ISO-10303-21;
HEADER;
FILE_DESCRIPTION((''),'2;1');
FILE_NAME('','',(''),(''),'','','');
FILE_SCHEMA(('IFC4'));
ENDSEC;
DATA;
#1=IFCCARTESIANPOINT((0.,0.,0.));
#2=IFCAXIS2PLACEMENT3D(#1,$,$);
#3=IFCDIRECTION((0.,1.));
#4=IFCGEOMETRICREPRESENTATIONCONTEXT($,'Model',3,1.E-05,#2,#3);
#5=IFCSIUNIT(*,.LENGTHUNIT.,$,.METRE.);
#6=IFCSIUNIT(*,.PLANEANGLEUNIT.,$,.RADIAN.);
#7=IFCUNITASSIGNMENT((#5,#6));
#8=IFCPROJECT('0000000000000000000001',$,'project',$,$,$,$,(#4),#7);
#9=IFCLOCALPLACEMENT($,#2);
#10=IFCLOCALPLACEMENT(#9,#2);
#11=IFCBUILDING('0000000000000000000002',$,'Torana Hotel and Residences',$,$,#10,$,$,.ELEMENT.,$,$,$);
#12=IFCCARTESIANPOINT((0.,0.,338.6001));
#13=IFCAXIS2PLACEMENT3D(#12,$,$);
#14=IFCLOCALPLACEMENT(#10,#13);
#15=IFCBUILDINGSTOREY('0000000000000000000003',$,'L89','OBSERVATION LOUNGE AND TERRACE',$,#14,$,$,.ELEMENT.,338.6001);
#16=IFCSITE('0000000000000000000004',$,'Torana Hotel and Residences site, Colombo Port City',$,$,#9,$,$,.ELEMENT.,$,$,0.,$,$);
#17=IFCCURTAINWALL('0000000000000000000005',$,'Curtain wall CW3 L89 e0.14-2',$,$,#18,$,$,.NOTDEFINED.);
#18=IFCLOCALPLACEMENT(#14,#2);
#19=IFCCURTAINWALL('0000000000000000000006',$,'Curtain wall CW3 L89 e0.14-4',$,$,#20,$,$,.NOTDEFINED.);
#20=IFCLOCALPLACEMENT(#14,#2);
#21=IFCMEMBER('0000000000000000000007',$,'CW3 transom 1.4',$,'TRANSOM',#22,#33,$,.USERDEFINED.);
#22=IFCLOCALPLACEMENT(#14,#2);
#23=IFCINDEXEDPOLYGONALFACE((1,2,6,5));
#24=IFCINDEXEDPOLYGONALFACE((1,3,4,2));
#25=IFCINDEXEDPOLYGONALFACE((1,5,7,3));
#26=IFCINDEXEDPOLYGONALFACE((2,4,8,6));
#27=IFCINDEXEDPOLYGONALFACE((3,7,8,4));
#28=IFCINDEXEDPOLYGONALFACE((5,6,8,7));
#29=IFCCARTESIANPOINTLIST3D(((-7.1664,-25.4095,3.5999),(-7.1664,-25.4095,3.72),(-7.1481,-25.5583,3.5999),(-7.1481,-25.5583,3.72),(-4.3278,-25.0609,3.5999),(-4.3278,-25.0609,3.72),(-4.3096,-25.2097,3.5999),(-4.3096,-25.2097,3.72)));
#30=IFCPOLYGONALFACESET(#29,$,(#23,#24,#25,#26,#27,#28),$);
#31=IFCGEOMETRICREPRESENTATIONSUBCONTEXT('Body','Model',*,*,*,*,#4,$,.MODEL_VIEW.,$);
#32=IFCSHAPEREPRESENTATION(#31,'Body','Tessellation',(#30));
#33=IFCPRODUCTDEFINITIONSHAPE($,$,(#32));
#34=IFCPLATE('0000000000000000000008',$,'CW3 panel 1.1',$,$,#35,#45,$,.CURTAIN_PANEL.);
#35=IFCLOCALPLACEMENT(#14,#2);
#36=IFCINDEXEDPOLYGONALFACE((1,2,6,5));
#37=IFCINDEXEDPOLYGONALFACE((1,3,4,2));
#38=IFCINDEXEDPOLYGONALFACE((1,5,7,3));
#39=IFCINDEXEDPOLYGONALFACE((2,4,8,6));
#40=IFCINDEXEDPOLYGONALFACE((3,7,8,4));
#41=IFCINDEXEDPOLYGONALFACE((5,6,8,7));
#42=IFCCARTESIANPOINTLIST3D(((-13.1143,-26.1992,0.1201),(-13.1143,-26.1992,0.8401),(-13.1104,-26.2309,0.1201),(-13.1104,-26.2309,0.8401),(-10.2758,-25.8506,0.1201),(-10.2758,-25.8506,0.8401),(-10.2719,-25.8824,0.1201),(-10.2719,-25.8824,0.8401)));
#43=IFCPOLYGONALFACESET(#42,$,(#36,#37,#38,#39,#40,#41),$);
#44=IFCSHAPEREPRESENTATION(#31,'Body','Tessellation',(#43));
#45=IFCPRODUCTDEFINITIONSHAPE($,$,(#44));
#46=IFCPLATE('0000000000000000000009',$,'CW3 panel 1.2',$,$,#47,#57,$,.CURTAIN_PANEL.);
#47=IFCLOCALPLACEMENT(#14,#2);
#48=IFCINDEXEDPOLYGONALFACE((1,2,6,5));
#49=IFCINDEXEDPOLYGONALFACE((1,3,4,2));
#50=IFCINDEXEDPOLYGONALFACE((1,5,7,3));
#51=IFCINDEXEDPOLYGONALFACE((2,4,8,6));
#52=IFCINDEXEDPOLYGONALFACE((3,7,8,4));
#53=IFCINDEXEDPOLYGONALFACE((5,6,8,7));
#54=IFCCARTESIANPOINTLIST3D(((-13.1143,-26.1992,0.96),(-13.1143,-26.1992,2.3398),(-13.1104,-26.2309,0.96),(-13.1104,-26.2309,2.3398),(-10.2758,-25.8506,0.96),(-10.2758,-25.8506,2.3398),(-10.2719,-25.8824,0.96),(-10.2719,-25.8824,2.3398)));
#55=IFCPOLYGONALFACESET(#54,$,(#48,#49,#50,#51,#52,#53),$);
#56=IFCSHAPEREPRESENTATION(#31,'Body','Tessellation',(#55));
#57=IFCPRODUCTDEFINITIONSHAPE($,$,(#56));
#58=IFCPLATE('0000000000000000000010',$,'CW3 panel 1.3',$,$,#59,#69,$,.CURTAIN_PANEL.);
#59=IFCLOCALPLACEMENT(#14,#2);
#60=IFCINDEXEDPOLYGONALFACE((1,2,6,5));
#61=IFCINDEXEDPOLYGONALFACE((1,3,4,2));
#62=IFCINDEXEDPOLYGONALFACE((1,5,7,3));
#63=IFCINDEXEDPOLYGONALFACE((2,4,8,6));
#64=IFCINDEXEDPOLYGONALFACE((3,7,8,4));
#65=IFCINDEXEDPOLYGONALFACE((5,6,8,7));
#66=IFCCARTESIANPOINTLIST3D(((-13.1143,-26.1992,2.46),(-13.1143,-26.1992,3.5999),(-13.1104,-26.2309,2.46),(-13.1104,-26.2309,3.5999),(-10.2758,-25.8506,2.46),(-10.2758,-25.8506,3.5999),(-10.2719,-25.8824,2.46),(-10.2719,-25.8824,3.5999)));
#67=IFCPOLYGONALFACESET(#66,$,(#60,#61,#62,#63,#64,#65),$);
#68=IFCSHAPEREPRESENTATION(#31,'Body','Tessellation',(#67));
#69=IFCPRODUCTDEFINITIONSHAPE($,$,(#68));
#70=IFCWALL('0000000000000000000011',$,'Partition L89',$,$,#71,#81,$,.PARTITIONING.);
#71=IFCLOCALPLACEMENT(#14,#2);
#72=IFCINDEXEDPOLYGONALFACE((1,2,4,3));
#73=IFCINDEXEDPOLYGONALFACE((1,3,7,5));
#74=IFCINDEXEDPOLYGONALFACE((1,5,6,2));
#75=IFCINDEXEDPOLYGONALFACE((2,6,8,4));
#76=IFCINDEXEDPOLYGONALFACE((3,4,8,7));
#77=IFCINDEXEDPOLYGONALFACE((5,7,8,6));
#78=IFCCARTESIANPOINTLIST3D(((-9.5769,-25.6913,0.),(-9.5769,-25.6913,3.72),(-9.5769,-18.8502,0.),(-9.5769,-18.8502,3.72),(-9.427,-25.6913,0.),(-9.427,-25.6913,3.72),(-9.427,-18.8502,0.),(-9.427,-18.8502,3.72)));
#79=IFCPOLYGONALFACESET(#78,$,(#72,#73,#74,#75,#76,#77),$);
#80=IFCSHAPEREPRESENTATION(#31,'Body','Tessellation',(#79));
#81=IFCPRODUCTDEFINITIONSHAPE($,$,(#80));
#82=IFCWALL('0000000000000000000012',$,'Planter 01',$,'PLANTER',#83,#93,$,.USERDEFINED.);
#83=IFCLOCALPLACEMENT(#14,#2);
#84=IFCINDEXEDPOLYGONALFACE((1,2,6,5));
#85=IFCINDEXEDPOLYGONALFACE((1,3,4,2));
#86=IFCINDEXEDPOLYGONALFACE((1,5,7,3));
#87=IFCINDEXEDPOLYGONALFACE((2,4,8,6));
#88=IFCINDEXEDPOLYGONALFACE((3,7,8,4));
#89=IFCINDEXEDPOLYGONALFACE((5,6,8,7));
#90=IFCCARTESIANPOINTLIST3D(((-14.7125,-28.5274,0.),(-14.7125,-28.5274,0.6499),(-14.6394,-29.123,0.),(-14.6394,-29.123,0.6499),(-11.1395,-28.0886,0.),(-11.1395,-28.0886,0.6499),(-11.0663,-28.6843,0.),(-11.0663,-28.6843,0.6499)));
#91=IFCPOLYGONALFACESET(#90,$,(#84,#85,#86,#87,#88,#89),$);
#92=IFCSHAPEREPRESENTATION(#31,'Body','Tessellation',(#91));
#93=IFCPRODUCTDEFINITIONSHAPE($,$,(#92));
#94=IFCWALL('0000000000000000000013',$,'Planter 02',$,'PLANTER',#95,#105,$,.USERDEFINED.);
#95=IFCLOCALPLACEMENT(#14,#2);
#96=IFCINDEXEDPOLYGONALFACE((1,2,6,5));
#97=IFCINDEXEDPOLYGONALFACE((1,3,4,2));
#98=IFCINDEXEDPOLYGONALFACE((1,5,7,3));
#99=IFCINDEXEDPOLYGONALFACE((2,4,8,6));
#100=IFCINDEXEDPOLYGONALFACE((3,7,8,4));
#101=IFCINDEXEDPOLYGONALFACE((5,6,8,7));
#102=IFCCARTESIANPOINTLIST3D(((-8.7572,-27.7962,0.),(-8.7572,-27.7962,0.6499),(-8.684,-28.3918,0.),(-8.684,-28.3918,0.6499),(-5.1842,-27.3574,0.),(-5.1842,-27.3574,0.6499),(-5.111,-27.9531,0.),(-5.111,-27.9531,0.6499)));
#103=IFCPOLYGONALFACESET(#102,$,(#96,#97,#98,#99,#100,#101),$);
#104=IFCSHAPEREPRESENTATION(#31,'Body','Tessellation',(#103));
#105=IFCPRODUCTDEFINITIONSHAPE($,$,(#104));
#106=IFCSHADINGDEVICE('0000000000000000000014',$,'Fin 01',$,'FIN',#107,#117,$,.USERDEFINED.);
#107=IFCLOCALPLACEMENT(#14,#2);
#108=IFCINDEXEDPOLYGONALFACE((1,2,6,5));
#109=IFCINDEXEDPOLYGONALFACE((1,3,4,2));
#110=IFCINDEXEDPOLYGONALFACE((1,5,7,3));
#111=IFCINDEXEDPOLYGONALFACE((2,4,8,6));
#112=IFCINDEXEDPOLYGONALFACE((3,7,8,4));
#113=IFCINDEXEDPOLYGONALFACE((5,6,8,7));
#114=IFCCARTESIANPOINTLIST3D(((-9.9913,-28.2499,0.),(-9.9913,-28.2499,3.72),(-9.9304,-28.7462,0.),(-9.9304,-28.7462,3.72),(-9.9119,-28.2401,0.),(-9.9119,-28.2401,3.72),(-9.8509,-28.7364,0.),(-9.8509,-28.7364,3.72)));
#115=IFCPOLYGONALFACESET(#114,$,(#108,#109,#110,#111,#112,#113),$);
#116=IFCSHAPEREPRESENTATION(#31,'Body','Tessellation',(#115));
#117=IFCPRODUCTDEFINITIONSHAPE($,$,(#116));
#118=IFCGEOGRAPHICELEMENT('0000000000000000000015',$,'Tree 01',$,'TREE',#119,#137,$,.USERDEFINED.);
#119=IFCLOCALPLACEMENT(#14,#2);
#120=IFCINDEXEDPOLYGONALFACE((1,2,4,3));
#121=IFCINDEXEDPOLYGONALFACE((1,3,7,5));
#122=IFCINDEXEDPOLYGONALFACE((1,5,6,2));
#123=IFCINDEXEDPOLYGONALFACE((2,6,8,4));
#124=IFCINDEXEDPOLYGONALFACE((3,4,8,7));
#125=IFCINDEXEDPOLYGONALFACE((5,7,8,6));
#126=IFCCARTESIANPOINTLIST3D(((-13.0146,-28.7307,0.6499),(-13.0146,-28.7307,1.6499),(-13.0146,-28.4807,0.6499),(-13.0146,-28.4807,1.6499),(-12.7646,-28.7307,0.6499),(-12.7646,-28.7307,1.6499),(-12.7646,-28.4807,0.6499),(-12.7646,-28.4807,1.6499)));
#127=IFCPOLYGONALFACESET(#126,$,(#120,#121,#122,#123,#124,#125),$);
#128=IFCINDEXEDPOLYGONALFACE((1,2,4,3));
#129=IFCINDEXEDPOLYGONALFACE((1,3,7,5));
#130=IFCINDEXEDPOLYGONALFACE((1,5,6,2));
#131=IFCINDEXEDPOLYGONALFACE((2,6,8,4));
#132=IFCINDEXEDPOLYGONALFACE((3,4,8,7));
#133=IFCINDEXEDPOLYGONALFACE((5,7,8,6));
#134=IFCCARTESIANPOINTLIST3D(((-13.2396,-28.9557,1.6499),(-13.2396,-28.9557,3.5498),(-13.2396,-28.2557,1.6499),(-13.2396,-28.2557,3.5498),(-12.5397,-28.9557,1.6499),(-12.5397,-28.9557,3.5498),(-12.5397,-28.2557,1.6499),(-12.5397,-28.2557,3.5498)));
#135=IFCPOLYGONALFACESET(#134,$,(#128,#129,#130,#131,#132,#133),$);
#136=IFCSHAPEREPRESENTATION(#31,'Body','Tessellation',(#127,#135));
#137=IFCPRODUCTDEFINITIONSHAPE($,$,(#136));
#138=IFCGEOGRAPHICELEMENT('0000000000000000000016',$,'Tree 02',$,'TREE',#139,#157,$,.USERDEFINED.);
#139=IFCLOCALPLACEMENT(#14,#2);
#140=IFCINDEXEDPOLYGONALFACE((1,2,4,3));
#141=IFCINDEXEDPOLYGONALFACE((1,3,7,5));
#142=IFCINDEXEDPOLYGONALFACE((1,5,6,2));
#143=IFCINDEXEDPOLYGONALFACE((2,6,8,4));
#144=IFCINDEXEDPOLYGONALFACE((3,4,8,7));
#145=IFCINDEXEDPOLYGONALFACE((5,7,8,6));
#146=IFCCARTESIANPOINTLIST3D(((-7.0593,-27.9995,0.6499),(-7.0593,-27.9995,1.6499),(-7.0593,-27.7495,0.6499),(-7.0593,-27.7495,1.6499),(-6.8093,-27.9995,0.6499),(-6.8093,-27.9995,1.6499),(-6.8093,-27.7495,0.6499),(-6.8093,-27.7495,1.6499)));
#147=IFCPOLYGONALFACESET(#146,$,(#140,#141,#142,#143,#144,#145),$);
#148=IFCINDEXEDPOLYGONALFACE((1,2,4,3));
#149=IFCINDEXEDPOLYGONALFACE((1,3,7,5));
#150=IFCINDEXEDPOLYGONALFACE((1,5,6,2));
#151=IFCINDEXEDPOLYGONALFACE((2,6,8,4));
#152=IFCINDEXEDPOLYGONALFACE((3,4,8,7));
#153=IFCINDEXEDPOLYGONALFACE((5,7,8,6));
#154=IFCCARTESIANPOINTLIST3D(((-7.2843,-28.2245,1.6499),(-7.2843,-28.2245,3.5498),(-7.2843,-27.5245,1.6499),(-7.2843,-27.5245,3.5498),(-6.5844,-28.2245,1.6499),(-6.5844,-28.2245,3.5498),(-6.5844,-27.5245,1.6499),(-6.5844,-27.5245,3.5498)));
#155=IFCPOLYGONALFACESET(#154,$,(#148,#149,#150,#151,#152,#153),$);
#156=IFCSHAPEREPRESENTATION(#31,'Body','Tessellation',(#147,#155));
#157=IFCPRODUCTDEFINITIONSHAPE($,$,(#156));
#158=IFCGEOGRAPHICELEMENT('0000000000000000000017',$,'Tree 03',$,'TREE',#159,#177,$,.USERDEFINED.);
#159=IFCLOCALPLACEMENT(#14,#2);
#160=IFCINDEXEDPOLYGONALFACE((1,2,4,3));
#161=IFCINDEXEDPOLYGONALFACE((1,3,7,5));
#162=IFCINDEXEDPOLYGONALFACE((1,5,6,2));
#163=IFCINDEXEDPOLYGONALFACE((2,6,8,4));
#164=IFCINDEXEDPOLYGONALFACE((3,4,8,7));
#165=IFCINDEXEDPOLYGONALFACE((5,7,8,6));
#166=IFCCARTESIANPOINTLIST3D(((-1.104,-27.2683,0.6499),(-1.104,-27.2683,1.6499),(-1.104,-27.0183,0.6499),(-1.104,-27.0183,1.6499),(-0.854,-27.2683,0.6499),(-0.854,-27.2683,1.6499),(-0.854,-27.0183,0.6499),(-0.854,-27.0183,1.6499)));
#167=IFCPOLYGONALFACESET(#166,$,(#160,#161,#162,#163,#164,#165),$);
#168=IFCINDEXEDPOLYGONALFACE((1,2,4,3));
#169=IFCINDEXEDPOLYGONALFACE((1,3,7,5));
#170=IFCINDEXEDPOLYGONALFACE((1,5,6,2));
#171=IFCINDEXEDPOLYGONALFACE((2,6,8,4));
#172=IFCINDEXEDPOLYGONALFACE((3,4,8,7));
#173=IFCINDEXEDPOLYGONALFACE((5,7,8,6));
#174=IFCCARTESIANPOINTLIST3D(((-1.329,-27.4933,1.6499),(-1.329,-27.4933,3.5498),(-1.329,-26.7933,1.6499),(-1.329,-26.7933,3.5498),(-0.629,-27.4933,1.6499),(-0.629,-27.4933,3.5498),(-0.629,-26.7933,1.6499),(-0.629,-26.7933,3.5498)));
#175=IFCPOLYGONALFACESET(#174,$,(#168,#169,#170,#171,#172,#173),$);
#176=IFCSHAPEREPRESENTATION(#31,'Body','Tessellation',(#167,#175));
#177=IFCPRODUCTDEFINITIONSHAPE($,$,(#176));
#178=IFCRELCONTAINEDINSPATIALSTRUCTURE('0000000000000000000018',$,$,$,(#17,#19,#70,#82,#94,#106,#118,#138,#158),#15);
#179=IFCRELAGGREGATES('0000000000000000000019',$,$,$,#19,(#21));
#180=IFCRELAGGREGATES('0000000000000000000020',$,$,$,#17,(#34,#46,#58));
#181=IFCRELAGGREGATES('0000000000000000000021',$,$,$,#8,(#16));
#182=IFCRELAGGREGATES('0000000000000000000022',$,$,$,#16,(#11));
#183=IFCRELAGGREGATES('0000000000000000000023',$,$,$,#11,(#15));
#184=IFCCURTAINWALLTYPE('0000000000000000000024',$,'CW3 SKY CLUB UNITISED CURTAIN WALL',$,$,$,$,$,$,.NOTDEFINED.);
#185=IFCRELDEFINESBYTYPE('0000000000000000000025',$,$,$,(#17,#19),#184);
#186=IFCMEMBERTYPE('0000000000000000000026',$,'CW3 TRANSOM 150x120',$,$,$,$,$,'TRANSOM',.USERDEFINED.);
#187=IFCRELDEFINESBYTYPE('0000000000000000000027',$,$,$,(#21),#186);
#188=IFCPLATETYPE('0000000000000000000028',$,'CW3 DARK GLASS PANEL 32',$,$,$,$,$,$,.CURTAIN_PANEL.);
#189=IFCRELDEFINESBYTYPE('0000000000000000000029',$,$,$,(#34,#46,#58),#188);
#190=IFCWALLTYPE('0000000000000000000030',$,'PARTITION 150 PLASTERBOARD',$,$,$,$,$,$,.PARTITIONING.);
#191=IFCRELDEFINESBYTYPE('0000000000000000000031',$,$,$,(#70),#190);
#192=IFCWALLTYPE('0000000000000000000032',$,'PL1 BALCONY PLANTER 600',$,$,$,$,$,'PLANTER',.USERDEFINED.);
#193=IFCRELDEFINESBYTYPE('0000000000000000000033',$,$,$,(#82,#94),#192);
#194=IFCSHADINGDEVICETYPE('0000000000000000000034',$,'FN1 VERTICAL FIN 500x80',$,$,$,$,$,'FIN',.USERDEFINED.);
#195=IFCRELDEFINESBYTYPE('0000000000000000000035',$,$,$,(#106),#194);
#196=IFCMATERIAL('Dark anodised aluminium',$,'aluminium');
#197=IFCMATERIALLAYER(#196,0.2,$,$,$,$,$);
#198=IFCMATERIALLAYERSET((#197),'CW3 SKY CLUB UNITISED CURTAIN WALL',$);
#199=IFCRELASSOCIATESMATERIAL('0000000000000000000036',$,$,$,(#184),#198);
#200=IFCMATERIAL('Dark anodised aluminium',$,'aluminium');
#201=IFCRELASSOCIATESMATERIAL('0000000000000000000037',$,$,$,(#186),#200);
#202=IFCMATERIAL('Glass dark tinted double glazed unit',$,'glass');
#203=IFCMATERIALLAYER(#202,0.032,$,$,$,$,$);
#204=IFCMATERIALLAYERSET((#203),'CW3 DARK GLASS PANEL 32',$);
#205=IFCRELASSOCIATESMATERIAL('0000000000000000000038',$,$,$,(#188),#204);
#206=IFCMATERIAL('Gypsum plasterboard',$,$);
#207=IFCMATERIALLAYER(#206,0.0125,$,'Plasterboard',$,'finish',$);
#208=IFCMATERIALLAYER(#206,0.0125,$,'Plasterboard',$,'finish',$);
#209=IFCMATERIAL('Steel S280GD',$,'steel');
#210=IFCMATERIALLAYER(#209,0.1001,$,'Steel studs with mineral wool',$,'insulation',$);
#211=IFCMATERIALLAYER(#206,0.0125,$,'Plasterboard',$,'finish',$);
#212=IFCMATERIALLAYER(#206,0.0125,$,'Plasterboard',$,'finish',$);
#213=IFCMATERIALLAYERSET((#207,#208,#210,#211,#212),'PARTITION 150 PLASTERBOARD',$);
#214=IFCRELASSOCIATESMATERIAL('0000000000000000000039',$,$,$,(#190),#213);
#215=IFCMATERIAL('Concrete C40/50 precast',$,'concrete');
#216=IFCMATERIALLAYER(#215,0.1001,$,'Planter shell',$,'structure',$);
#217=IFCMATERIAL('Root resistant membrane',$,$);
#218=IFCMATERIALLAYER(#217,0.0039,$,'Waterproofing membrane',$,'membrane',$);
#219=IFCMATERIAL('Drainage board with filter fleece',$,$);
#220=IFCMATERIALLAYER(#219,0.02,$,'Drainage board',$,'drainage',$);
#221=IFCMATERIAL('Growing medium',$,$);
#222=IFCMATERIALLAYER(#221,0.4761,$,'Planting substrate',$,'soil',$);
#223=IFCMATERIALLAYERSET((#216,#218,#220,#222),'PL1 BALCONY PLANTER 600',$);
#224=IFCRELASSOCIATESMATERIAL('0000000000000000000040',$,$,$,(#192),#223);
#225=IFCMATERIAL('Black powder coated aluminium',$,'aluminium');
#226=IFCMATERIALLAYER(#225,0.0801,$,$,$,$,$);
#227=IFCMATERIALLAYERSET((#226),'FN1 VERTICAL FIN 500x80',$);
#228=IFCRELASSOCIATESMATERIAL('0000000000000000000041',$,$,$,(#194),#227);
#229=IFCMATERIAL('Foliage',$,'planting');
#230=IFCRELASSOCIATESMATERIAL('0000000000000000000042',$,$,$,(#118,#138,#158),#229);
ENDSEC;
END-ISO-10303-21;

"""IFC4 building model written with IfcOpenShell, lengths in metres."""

from ifc_helpers import new_model, si_unit, direction, frame, frame_2d, origin, origin_2d, place, context, subcontext, project, spatial, rectangle, extrude, material, layer, layer_set, material_profile, profile_set, type_object, element, aggregate, save


model = new_model("IFC4")

# Units and contexts
model_context = context("Model", 3, precision=1e-05, world=origin(), true_north=direction((0.0, 1.0)))
body_context = subcontext(model_context, "Body", "Model", "MODEL_VIEW")
ifc_project = project(units=[si_unit("LENGTHUNIT", "METRE"), si_unit("PLANEANGLEUNIT", "RADIAN")], contexts=[model_context])

# Site, building, storey
site_placement = place(None, origin())
site = spatial("IfcSite", under=ifc_project, at=site_placement, Name="Torana Hotel and Residences site, Colombo Port City", CompositionType="ELEMENT", RefElevation=0.0)
building_placement = place(site_placement, origin())
building = spatial("IfcBuilding", under=site, at=building_placement, Name="Torana Hotel and Residences", CompositionType="ELEMENT")
storey_placement = place(building_placement, frame((0.0, 0.0, 338.6001)))
storey = spatial("IfcBuildingStorey", under=building, at=storey_placement, Name="L89", Description="OBSERVATION LOUNGE AND TERRACE", CompositionType="ELEMENT", Elevation=338.6001)

# Curtain walls
ifc_material_1 = material(Name="Dark anodised aluminium", Category="aluminium")
ifc_layer_1 = layer(ifc_material_1, 0.2)
ifc_layer_set_1 = layer_set([ifc_layer_1], Name="CW3 SKY CLUB UNITISED CURTAIN WALL")
curtain_wall_type = type_object("IfcCurtainWallType", Name="CW3 SKY CLUB UNITISED CURTAIN WALL", PredefinedType="NOTDEFINED", material=ifc_layer_set_1)
curtain_wall_1_placement = place(storey_placement, origin())
curtain_wall_1 = element("IfcCurtainWall", 1, at=curtain_wall_1_placement, inside=storey, type_object=curtain_wall_type, Name="Curtain wall CW3 L89 e0.14-2", PredefinedType="NOTDEFINED")
curtain_wall_2_placement = place(storey_placement, origin())
curtain_wall_2 = element("IfcCurtainWall", 2, at=curtain_wall_2_placement, inside=storey, type_object=curtain_wall_type, Name="Curtain wall CW3 L89 e0.14-4", PredefinedType="NOTDEFINED")

# Member
ifc_material_2 = material(Name="Dark anodised aluminium", Category="aluminium")
ifc_material_profile_1 = material_profile(ifc_material_2, rectangle(XDim=0.1499, YDim=0.1201, at=origin_2d()), Name="CW3 TRANSOM 150x120")
ifc_profile_set_1 = profile_set([ifc_material_profile_1], Name="Dark anodised aluminium")
member_type_1 = type_object("IfcMemberType", Name="CW3 TRANSOM 150x120", ElementType="TRANSOM", PredefinedType="USERDEFINED", material=ifc_profile_set_1)
member_1_placement = place(storey_placement, frame((-7.1572, -25.4839, 3.6599), z_axis=(0.992542, 0.121902, 0.0), x_axis=(-0.121902, 0.992542, 0.0)))
member_1 = element("IfcMember", 3, at=member_1_placement, type_object=member_type_1, Name="CW3 transom 1.4", ObjectType="TRANSOM", PredefinedType="USERDEFINED", context=body_context, shape_type="SweptSolid", body=[
    extrude(rectangle(XDim=0.1499, YDim=0.1201, at=origin_2d()), origin(), (0.0, 0.0, 1.0), 2.8599),
])
aggregate(curtain_wall_2, [member_1])

# Plates
ifc_material_3 = material(Name="Glass dark tinted double glazed unit", Category="glass")
ifc_layer_2 = layer(ifc_material_3, 0.032)
ifc_layer_set_2 = layer_set([ifc_layer_2], Name="CW3 DARK GLASS PANEL 32")
plate_type = type_object("IfcPlateType", Name="CW3 DARK GLASS PANEL 32", PredefinedType="CURTAIN_PANEL", material=ifc_layer_set_2)
plate_1_placement = place(storey_placement, frame((-11.6931, -26.0408, 0.1201), z_axis=(0.0, 0.0, 1.0), x_axis=(0.992546, 0.121868, 0.0)))
plate_1 = element("IfcPlate", 4, at=plate_1_placement, type_object=plate_type, Name="CW3 panel 1.1", PredefinedType="CURTAIN_PANEL", context=body_context, shape_type="SweptSolid", body=[
    extrude(rectangle(XDim=2.8599, YDim=0.032, at=origin_2d()), origin(), (0.0, 0.0, 1.0), 0.72),
])
plate_2_placement = place(storey_placement, frame((-11.6931, -26.0408, 0.96), z_axis=(0.0, 0.0, 1.0), x_axis=(0.992546, 0.121868, 0.0)))
plate_2 = element("IfcPlate", 5, at=plate_2_placement, type_object=plate_type, Name="CW3 panel 1.2", PredefinedType="CURTAIN_PANEL", context=body_context, shape_type="SweptSolid", body=[
    extrude(rectangle(XDim=2.8599, YDim=0.032, at=origin_2d()), origin(), (0.0, 0.0, 1.0), 1.3799),
])
plate_3_placement = place(storey_placement, frame((-11.6931, -26.0408, 2.46), z_axis=(0.0, 0.0, 1.0), x_axis=(0.992546, 0.121868, 0.0)))
plate_3 = element("IfcPlate", 6, at=plate_3_placement, type_object=plate_type, Name="CW3 panel 1.3", PredefinedType="CURTAIN_PANEL", context=body_context, shape_type="SweptSolid", body=[
    extrude(rectangle(XDim=2.8599, YDim=0.032, at=origin_2d()), origin(), (0.0, 0.0, 1.0), 1.1399),
])
aggregate(curtain_wall_1, [plate_1, plate_2, plate_3])

# Walls
ifc_material_4 = material(Name="Gypsum plasterboard")
ifc_layer_3 = layer(ifc_material_4, 0.0125, Name="Plasterboard", Category="finish")
ifc_layer_4 = layer(ifc_material_4, 0.0125, Name="Plasterboard", Category="finish")
ifc_material_5 = material(Name="Steel S280GD", Category="steel")
ifc_layer_5 = layer(ifc_material_5, 0.1001, Name="Steel studs with mineral wool", Category="insulation")
ifc_layer_6 = layer(ifc_material_4, 0.0125, Name="Plasterboard", Category="finish")
ifc_layer_7 = layer(ifc_material_4, 0.0125, Name="Plasterboard", Category="finish")
ifc_layer_set_3 = layer_set([ifc_layer_3, ifc_layer_4, ifc_layer_5, ifc_layer_6, ifc_layer_7], Name="PARTITION 150 PLASTERBOARD")
wall_type_1 = type_object("IfcWallType", Name="PARTITION 150 PLASTERBOARD", PredefinedType="PARTITIONING", material=ifc_layer_set_3)
wall_1_placement = place(storey_placement, frame((-9.502, -25.6912, 0.0), z_axis=(0.0, 0.0, 1.0), x_axis=(0.0, 1.0, 0.0)))
element("IfcWall", 7, at=wall_1_placement, inside=storey, type_object=wall_type_1, Name="Partition L89", PredefinedType="PARTITIONING", context=body_context, shape_type="SweptSolid", body=[
    extrude(rectangle(XDim=6.8411, YDim=0.1499, at=frame_2d((3.4204, 0.0))), origin(), (0.0, 0.0, 1.0), 3.72),
])
ifc_material_6 = material(Name="Concrete C40/50 precast", Category="concrete")
ifc_layer_8 = layer(ifc_material_6, 0.1001, Name="Planter shell", Category="structure")
ifc_material_7 = material(Name="Root resistant membrane")
ifc_layer_9 = layer(ifc_material_7, 0.0039, Name="Waterproofing membrane", Category="membrane")
ifc_material_8 = material(Name="Drainage board with filter fleece")
ifc_layer_10 = layer(ifc_material_8, 0.02, Name="Drainage board", Category="drainage")
ifc_material_9 = material(Name="Growing medium")
ifc_layer_11 = layer(ifc_material_9, 0.4761, Name="Planting substrate", Category="soil")
ifc_layer_set_4 = layer_set([ifc_layer_8, ifc_layer_9, ifc_layer_10, ifc_layer_11], Name="PL1 BALCONY PLANTER 600")
wall_type_2 = type_object("IfcWallType", Name="PL1 BALCONY PLANTER 600", ElementType="PLANTER", PredefinedType="USERDEFINED", material=ifc_layer_set_4)
for number, where, z_axis, x_axis, name in (
    (8, (-11.103, -28.3865, 0.0), (0.0, 0.0, 1.0), (-0.992546, -0.121873, 0.0), "Planter 01"),
    (9, (-5.1477, -27.6553, 0.0), (0.0, 0.0, 1.0), (-0.992546, -0.121873, 0.0), "Planter 02"),
):
    element("IfcWall", number, at=place(storey_placement, frame(where, z_axis=z_axis, x_axis=x_axis)), inside=storey, type_object=wall_type_2, Name=name, ObjectType="PLANTER", PredefinedType="USERDEFINED", context=body_context, shape_type="SweptSolid", body=[
        extrude(rectangle(XDim=3.5999, YDim=0.6001, at=frame_2d((1.7998, 0.0))), origin(), (0.0, 0.0, 1.0), 0.6499),
    ])

# Shading device
ifc_material_10 = material(Name="Black powder coated aluminium", Category="aluminium")
ifc_layer_12 = layer(ifc_material_10, 0.0801)
ifc_layer_set_5 = layer_set([ifc_layer_12], Name="FN1 VERTICAL FIN 500x80")
shading_device_type = type_object("IfcShadingDeviceType", Name="FN1 VERTICAL FIN 500x80", ElementType="FIN", PredefinedType="USERDEFINED", material=ifc_layer_set_5)
shading_device_placement = place(storey_placement, frame((-9.9211, -28.4932, 0.0), z_axis=(0.0, 0.0, 1.0), x_axis=(-0.992547, -0.121866, 0.0)))
element("IfcShadingDevice", 10, at=shading_device_placement, inside=storey, type_object=shading_device_type, Name="Fin 01", ObjectType="FIN", PredefinedType="USERDEFINED", context=body_context, shape_type="SweptSolid", body=[
    extrude(rectangle(XDim=0.0801, YDim=0.5, at=origin_2d()), origin(), (0.0, 0.0, 1.0), 3.72),
])

# Geographic elements
ifc_material_11 = material(Name="Foliage", Category="planting")
for number, where, z_axis, x_axis, name in (
    (11, (-12.8896, -28.6057, 0.6499), (0.0, 0.0, 1.0), (1.0, 0.0, 0.0), "Tree 01"),
    (12, (-6.9343, -27.8745, 0.6499), (0.0, 0.0, 1.0), (1.0, 0.0, 0.0), "Tree 02"),
    (13, (-0.979, -27.1433, 0.6499), (0.0, 0.0, 1.0), (1.0, 0.0, 0.0), "Tree 03"),
):
    element("IfcGeographicElement", number, at=place(storey_placement, frame(where, z_axis=z_axis, x_axis=x_axis)), inside=storey, material=ifc_material_11, Name=name, ObjectType="TREE", PredefinedType="USERDEFINED", context=body_context, shape_type="SweptSolid", body=[
        extrude(rectangle(XDim=0.25, YDim=0.25, at=origin_2d()), origin(), (0.0, 0.0, 1.0), 1.0),
        extrude(rectangle(XDim=0.7, YDim=0.7, at=origin_2d()), frame((0.0, 0.0, 1.0)), (0.0, 0.0, 1.0), 1.8999),
    ])

save(model, "model.ifc")
